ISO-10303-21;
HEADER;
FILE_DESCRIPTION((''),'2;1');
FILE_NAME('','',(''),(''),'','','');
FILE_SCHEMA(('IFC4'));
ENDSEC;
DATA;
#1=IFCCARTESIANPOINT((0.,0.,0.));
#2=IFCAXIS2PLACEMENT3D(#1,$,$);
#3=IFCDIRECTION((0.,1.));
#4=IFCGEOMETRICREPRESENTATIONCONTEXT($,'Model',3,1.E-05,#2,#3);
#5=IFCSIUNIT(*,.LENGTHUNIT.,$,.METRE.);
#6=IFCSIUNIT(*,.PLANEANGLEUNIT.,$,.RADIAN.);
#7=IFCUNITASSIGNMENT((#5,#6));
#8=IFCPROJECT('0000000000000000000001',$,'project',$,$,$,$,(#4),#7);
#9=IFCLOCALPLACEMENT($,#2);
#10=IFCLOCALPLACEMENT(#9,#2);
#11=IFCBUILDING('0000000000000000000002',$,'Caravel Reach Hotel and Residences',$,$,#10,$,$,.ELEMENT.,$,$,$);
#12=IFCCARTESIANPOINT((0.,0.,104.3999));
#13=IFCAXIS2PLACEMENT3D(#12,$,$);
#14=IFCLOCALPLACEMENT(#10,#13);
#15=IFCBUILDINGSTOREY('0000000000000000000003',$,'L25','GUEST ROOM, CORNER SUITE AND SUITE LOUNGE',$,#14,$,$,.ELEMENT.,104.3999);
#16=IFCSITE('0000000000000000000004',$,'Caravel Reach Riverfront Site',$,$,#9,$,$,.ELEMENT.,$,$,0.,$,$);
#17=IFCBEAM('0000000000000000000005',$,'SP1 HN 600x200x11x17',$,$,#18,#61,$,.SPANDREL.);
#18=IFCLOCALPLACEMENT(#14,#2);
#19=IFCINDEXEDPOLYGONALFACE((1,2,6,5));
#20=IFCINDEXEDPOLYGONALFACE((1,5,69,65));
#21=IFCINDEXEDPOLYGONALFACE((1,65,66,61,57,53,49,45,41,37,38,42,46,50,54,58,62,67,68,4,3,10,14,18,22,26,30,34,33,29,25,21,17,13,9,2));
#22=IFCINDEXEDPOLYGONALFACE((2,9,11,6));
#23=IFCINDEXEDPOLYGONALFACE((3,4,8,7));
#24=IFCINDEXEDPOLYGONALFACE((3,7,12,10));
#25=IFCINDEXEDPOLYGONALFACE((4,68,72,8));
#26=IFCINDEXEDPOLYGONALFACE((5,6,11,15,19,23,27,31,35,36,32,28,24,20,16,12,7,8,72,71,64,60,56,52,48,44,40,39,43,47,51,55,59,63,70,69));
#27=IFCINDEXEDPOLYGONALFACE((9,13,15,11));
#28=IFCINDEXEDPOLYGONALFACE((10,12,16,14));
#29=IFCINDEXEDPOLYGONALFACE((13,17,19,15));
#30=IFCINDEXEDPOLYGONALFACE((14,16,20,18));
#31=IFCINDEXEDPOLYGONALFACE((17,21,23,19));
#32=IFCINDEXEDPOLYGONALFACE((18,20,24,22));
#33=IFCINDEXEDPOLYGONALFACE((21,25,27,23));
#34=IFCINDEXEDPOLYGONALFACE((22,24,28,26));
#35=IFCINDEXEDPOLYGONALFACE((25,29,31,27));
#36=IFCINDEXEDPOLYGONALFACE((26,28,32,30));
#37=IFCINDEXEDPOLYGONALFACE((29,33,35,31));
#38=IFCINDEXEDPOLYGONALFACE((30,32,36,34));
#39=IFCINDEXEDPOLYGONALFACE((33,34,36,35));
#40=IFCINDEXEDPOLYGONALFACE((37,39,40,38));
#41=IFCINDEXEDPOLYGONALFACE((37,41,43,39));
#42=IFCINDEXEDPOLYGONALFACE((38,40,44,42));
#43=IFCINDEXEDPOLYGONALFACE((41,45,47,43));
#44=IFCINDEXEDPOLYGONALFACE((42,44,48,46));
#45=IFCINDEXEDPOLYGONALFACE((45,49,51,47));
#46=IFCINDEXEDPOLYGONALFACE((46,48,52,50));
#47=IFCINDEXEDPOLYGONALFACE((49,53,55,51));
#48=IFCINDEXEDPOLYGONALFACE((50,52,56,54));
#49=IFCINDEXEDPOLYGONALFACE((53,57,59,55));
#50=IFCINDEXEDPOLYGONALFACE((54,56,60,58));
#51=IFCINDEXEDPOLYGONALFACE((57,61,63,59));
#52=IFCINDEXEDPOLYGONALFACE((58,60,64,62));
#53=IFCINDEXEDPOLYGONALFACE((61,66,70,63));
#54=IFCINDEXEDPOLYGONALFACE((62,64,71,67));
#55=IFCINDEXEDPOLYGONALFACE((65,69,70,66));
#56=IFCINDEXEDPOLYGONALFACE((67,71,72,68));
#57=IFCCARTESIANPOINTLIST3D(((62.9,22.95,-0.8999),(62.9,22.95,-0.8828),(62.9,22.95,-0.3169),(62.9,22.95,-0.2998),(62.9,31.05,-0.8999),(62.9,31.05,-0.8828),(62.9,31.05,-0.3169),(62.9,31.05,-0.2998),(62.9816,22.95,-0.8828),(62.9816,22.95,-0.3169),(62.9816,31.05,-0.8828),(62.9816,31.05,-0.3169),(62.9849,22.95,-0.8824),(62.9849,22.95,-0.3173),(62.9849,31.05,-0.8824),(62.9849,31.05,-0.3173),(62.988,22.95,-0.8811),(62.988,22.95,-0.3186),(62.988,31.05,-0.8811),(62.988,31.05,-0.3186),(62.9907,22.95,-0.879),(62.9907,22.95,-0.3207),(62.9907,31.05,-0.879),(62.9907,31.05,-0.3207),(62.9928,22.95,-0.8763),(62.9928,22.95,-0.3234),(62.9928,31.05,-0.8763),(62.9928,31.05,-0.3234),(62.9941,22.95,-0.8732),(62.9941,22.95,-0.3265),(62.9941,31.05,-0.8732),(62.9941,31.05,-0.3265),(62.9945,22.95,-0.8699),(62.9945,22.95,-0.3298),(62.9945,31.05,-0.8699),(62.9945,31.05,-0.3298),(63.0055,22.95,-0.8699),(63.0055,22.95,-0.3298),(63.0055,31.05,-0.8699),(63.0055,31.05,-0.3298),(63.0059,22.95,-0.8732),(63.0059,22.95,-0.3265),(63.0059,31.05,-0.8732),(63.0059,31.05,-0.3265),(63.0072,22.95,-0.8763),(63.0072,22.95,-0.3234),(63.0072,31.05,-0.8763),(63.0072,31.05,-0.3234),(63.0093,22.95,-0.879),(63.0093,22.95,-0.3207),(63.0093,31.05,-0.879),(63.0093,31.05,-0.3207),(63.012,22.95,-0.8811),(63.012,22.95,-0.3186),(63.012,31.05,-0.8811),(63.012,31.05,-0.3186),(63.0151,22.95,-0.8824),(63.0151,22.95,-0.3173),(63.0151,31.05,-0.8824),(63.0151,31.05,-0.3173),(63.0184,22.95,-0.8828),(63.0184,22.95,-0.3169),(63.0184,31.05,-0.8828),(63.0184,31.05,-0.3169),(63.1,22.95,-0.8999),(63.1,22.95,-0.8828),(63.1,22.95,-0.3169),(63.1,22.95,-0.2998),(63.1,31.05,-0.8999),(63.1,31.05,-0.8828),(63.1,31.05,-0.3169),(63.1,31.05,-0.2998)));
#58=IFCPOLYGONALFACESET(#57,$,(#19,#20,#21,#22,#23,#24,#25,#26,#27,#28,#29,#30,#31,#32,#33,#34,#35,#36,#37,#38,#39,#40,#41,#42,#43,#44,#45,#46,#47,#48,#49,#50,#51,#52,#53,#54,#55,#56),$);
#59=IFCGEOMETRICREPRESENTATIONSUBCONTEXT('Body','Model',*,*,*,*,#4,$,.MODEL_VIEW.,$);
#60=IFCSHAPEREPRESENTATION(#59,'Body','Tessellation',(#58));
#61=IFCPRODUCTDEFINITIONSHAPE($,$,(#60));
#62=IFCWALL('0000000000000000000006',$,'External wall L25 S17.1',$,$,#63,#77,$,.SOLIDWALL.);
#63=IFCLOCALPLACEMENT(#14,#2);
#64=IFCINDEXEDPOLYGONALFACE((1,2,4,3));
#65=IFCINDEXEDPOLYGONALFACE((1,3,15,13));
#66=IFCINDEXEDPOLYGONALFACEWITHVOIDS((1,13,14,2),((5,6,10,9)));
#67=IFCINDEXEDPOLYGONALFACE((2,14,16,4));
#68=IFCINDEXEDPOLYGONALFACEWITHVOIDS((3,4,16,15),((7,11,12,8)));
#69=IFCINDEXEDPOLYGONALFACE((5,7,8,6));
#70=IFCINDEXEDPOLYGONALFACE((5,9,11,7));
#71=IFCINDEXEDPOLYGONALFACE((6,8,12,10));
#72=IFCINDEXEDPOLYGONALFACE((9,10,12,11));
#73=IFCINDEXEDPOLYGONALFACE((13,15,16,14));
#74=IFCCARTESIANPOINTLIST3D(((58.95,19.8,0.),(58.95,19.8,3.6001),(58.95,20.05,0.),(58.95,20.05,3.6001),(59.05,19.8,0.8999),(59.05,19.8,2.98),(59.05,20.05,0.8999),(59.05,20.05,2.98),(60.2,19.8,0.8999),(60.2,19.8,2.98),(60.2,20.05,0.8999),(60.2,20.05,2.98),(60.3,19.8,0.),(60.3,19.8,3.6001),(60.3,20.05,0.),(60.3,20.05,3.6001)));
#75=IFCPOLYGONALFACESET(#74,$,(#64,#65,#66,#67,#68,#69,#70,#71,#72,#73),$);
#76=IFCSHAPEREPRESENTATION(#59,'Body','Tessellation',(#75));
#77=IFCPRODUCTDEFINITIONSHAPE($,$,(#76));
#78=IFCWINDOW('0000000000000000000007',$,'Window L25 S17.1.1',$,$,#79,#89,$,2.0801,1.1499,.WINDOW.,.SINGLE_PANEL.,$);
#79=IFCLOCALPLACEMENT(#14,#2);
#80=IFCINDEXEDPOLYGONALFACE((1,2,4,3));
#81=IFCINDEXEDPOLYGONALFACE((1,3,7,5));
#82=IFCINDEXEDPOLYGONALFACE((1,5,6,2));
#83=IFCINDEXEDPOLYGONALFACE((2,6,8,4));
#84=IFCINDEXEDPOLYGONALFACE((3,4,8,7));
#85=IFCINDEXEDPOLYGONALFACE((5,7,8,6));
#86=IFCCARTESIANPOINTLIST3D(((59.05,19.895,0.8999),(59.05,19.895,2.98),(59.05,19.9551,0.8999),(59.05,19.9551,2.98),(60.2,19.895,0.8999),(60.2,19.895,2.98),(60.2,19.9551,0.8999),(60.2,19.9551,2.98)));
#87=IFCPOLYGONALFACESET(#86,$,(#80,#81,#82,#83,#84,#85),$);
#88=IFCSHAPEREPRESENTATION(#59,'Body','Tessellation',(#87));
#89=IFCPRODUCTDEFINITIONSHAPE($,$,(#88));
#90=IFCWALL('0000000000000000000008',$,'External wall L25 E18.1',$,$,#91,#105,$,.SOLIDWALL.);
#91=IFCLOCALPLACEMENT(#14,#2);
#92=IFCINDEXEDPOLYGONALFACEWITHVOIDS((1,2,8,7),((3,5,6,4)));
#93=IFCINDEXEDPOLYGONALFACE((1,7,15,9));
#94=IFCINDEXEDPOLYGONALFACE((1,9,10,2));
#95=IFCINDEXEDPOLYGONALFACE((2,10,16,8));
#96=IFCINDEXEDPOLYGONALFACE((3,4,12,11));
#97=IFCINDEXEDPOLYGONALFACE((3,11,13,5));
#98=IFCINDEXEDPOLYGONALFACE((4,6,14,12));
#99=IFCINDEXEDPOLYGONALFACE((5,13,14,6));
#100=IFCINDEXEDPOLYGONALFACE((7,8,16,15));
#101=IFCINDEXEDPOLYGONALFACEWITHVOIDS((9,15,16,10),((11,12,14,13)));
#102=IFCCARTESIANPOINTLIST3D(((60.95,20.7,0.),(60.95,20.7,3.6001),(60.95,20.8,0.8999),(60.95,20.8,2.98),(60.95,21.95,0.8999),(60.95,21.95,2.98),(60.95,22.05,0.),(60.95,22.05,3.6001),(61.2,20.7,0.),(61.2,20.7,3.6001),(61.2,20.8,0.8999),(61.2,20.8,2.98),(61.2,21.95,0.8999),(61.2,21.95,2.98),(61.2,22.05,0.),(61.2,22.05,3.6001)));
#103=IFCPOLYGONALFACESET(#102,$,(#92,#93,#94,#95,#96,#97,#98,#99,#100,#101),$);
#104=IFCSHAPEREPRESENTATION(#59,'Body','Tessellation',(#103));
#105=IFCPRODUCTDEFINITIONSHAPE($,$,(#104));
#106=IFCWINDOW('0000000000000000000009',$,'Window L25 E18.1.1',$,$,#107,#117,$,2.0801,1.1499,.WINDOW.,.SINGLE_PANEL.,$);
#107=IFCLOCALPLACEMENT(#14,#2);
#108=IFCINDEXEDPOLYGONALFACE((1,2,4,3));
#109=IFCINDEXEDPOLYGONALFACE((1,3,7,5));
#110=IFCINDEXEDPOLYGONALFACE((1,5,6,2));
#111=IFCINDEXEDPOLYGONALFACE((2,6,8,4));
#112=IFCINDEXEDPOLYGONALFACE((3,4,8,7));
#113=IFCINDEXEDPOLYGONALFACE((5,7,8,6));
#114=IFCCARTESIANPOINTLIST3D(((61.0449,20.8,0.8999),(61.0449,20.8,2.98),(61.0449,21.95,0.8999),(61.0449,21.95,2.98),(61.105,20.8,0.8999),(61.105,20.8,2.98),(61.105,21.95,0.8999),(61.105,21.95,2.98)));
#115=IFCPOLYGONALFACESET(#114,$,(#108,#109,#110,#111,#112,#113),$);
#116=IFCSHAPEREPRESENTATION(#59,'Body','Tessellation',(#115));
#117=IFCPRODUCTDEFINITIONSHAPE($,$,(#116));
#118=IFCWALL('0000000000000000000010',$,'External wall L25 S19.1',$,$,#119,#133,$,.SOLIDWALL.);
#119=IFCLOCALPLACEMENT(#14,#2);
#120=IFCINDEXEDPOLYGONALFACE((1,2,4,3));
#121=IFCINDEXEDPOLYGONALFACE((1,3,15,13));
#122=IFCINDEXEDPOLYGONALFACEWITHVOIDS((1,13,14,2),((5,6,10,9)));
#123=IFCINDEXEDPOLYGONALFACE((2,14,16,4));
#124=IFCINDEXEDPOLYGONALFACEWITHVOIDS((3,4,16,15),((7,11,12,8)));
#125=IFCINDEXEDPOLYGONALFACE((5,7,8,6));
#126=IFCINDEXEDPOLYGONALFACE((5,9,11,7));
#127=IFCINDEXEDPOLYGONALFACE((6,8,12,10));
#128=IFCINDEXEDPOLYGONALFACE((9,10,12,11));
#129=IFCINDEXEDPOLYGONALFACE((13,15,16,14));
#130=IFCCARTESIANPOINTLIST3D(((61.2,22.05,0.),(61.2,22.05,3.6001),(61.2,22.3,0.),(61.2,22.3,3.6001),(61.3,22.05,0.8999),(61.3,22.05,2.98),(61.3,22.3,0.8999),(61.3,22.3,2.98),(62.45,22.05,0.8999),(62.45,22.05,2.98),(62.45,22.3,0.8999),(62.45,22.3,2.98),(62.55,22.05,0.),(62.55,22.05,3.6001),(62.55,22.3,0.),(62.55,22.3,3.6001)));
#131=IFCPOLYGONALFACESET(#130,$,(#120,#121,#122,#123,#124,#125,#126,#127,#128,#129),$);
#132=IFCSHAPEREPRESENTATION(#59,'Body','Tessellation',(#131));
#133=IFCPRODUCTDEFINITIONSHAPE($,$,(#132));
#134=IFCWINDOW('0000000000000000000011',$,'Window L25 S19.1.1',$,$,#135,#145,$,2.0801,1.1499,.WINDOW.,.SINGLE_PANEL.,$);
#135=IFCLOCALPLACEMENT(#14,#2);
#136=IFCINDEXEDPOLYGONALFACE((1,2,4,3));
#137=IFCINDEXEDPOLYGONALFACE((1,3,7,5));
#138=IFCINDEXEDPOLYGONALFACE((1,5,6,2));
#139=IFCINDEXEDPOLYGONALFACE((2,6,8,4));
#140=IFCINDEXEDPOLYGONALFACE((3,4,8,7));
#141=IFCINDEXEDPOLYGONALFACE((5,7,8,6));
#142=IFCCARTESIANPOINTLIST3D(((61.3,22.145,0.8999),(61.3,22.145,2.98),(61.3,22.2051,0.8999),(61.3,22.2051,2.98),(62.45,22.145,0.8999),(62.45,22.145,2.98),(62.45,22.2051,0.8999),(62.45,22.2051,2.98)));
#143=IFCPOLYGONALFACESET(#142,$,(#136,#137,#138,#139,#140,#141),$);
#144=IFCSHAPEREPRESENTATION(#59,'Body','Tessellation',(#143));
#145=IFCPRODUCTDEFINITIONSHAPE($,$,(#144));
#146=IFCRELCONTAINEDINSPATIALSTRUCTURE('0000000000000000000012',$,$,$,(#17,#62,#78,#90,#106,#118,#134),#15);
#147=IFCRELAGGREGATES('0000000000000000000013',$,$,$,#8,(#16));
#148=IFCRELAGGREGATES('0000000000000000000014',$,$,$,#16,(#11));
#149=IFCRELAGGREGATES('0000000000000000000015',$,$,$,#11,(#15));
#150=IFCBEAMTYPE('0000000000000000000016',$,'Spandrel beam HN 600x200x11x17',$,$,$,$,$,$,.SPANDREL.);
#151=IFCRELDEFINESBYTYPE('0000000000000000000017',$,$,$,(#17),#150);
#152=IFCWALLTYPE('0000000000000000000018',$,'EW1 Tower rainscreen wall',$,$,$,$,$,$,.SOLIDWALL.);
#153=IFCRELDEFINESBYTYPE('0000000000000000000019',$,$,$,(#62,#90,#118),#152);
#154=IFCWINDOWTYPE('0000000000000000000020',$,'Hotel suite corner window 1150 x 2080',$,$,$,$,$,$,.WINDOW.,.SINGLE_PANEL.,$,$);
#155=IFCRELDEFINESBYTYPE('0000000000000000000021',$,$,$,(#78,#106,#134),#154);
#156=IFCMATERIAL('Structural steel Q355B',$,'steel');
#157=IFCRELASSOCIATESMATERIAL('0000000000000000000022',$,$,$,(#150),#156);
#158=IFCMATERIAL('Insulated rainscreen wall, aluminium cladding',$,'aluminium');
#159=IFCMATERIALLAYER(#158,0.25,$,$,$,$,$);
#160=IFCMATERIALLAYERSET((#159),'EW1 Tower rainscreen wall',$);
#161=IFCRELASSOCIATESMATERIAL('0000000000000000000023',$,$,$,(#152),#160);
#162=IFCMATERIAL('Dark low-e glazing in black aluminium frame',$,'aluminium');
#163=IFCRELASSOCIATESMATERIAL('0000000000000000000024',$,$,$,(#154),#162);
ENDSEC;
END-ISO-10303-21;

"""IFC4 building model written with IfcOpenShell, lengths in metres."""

from ifc_helpers import new_model, si_unit, direction, frame, frame_2d, origin, origin_2d, place, context, subcontext, project, spatial, rectangle, i_section, extrude, material, layer, layer_set, material_profile, profile_set, type_object, element, fill, save


model = new_model("IFC4")

# Units and contexts
model_context = context("Model", 3, precision=1e-05, world=origin(), true_north=direction((0.0, 1.0)))
body_context = subcontext(model_context, "Body", "Model", "MODEL_VIEW")
ifc_project = project(units=[si_unit("LENGTHUNIT", "METRE"), si_unit("PLANEANGLEUNIT", "RADIAN")], contexts=[model_context])

# Site, building, storey
site_placement = place(None, origin())
site = spatial("IfcSite", under=ifc_project, at=site_placement, Name="Caravel Reach Riverfront Site", CompositionType="ELEMENT", RefElevation=0.0)
building_placement = place(site_placement, origin())
building = spatial("IfcBuilding", under=site, at=building_placement, Name="Caravel Reach Hotel and Residences", CompositionType="ELEMENT")
storey_placement = place(building_placement, frame((0.0, 0.0, 104.3999)))
storey = spatial("IfcBuildingStorey", under=building, at=storey_placement, Name="L25", Description="GUEST ROOM, CORNER SUITE AND SUITE LOUNGE", CompositionType="ELEMENT", Elevation=104.3999)

# Beam
ifc_material_1 = material(Name="Structural steel Q355B", Category="steel")
ifc_material_profile_1 = material_profile(ifc_material_1, i_section(OverallWidth=0.2, OverallDepth=0.6001, WebThickness=0.011, FlangeThickness=0.0171, FilletRadius=0.0129, at=origin_2d()), Name="HN 600x200x11x17")
ifc_profile_set_1 = profile_set([ifc_material_profile_1], Name="Structural steel Q355B")
beam_type = type_object("IfcBeamType", Name="Spandrel beam HN 600x200x11x17", PredefinedType="SPANDREL", material=ifc_profile_set_1)
beam_placement = place(storey_placement, frame((63.0, 22.95, -0.5999), z_axis=(0.0, 1.0, 0.0), x_axis=(-1.0, 0.0, 0.0)))
element("IfcBeam", 1, at=beam_placement, inside=storey, type_object=beam_type, Name="SP1 HN 600x200x11x17", PredefinedType="SPANDREL", context=body_context, shape_type="SweptSolid", body=[
    extrude(i_section(OverallWidth=0.2, OverallDepth=0.6001, WebThickness=0.011, FlangeThickness=0.0171, FilletRadius=0.0129, at=origin_2d()), origin(), (0.0, 0.0, 1.0), 8.1001),
])

# Walls, openings, windows
ifc_material_2 = material(Name="Insulated rainscreen wall, aluminium cladding", Category="aluminium")
ifc_layer = layer(ifc_material_2, 0.25)
ifc_layer_set = layer_set([ifc_layer], Name="EW1 Tower rainscreen wall")
wall_type = type_object("IfcWallType", Name="EW1 Tower rainscreen wall", PredefinedType="SOLIDWALL", material=ifc_layer_set)
wall_1_placement = place(storey_placement, frame((58.95, 19.925, 0.0), z_axis=(0.0, 0.0, 1.0), x_axis=(1.0, 0.0, 0.0)))
wall_1 = element("IfcWall", 2, at=wall_1_placement, inside=storey, type_object=wall_type, Name="External wall L25 S17.1", PredefinedType="SOLIDWALL", context=body_context, shape_type="SweptSolid", body=[
    extrude(rectangle(XDim=1.3501, YDim=0.25, at=frame_2d((0.675, 0.0))), origin(), (0.0, 0.0, 1.0), 3.6001),
])
opening_1_placement = place(wall_1_placement, frame((0.1001, 0.0, 0.8999)))
opening_1 = element("IfcOpeningElement", 3, at=opening_1_placement, cuts=wall_1, PredefinedType="OPENING", context=body_context, shape_type="SweptSolid", body=[
    extrude(rectangle(XDim=1.1499, YDim=2.0801, at=frame_2d((0.575, 1.04))), frame((0.0, 0.135, 0.0), z_axis=(0.0, -1.0, 0.0), x_axis=(1.0, 0.0, 0.0)), (0.0, 0.0, 1.0), 0.27),
])
ifc_material_3 = material(Name="Dark low-e glazing in black aluminium frame", Category="aluminium")
window_type_1 = type_object("IfcWindowType", Name="Hotel suite corner window 1150 x 2080", PartitioningType="SINGLE_PANEL", PredefinedType="WINDOW", material=ifc_material_3)
window_1_placement = place(opening_1_placement, origin())
window_1 = element("IfcWindow", 4, at=window_1_placement, inside=storey, type_object=window_type_1, Name="Window L25 S17.1.1", OverallHeight=2.0801, OverallWidth=1.1499, PartitioningType="SINGLE_PANEL", PredefinedType="WINDOW", context=body_context, shape_type="SweptSolid", body=[
    extrude(rectangle(XDim=1.1499, YDim=2.0801, at=frame_2d((0.575, 1.04))), frame((0.0, 0.03, 0.0), z_axis=(0.0, -1.0, 0.0), x_axis=(1.0, 0.0, 0.0)), (0.0, 0.0, 1.0), 0.0601),
])
fill(opening_1, window_1)
wall_2_placement = place(storey_placement, frame((61.075, 20.7, 0.0), z_axis=(0.0, 0.0, 1.0), x_axis=(0.0, 1.0, 0.0)))
wall_2 = element("IfcWall", 5, at=wall_2_placement, inside=storey, type_object=wall_type, Name="External wall L25 E18.1", PredefinedType="SOLIDWALL", context=body_context, shape_type="SweptSolid", body=[
    extrude(rectangle(XDim=1.3501, YDim=0.25, at=frame_2d((0.675, 0.0))), origin(), (0.0, 0.0, 1.0), 3.6001),
])
opening_2_placement = place(wall_2_placement, frame((0.1001, 0.0, 0.8999)))
opening_2 = element("IfcOpeningElement", 6, at=opening_2_placement, cuts=wall_2, PredefinedType="OPENING", context=body_context, shape_type="SweptSolid", body=[
    extrude(rectangle(XDim=1.1499, YDim=2.0801, at=frame_2d((0.575, 1.04))), frame((0.0, 0.135, 0.0), z_axis=(0.0, -1.0, 0.0), x_axis=(1.0, 0.0, 0.0)), (0.0, 0.0, 1.0), 0.27),
])
window_2_placement = place(opening_2_placement, origin())
window_2 = element("IfcWindow", 7, at=window_2_placement, inside=storey, type_object=window_type_1, Name="Window L25 E18.1.1", OverallHeight=2.0801, OverallWidth=1.1499, PartitioningType="SINGLE_PANEL", PredefinedType="WINDOW", context=body_context, shape_type="SweptSolid", body=[
    extrude(rectangle(XDim=1.1499, YDim=2.0801, at=frame_2d((0.575, 1.04))), frame((0.0, 0.03, 0.0), z_axis=(0.0, -1.0, 0.0), x_axis=(1.0, 0.0, 0.0)), (0.0, 0.0, 1.0), 0.0601),
])
fill(opening_2, window_2)
wall_3_placement = place(storey_placement, frame((61.2, 22.175, 0.0), z_axis=(0.0, 0.0, 1.0), x_axis=(1.0, 0.0, 0.0)))
wall_3 = element("IfcWall", 8, at=wall_3_placement, inside=storey, type_object=wall_type, Name="External wall L25 S19.1", PredefinedType="SOLIDWALL", context=body_context, shape_type="SweptSolid", body=[
    extrude(rectangle(XDim=1.3501, YDim=0.25, at=frame_2d((0.675, 0.0))), origin(), (0.0, 0.0, 1.0), 3.6001),
])
opening_3_placement = place(wall_3_placement, frame((0.1001, 0.0, 0.8999)))
opening_3 = element("IfcOpeningElement", 9, at=opening_3_placement, cuts=wall_3, PredefinedType="OPENING", context=body_context, shape_type="SweptSolid", body=[
    extrude(rectangle(XDim=1.1499, YDim=2.0801, at=frame_2d((0.575, 1.04))), frame((0.0, 0.135, 0.0), z_axis=(0.0, -1.0, 0.0), x_axis=(1.0, 0.0, 0.0)), (0.0, 0.0, 1.0), 0.27),
])
window_3_placement = place(opening_3_placement, origin())
window_3 = element("IfcWindow", 10, at=window_3_placement, inside=storey, type_object=window_type_1, Name="Window L25 S19.1.1", OverallHeight=2.0801, OverallWidth=1.1499, PartitioningType="SINGLE_PANEL", PredefinedType="WINDOW", context=body_context, shape_type="SweptSolid", body=[
    extrude(rectangle(XDim=1.1499, YDim=2.0801, at=frame_2d((0.575, 1.04))), frame((0.0, 0.03, 0.0), z_axis=(0.0, -1.0, 0.0), x_axis=(1.0, 0.0, 0.0)), (0.0, 0.0, 1.0), 0.0601),
])
fill(opening_3, window_3)

save(model, "model.ifc")
